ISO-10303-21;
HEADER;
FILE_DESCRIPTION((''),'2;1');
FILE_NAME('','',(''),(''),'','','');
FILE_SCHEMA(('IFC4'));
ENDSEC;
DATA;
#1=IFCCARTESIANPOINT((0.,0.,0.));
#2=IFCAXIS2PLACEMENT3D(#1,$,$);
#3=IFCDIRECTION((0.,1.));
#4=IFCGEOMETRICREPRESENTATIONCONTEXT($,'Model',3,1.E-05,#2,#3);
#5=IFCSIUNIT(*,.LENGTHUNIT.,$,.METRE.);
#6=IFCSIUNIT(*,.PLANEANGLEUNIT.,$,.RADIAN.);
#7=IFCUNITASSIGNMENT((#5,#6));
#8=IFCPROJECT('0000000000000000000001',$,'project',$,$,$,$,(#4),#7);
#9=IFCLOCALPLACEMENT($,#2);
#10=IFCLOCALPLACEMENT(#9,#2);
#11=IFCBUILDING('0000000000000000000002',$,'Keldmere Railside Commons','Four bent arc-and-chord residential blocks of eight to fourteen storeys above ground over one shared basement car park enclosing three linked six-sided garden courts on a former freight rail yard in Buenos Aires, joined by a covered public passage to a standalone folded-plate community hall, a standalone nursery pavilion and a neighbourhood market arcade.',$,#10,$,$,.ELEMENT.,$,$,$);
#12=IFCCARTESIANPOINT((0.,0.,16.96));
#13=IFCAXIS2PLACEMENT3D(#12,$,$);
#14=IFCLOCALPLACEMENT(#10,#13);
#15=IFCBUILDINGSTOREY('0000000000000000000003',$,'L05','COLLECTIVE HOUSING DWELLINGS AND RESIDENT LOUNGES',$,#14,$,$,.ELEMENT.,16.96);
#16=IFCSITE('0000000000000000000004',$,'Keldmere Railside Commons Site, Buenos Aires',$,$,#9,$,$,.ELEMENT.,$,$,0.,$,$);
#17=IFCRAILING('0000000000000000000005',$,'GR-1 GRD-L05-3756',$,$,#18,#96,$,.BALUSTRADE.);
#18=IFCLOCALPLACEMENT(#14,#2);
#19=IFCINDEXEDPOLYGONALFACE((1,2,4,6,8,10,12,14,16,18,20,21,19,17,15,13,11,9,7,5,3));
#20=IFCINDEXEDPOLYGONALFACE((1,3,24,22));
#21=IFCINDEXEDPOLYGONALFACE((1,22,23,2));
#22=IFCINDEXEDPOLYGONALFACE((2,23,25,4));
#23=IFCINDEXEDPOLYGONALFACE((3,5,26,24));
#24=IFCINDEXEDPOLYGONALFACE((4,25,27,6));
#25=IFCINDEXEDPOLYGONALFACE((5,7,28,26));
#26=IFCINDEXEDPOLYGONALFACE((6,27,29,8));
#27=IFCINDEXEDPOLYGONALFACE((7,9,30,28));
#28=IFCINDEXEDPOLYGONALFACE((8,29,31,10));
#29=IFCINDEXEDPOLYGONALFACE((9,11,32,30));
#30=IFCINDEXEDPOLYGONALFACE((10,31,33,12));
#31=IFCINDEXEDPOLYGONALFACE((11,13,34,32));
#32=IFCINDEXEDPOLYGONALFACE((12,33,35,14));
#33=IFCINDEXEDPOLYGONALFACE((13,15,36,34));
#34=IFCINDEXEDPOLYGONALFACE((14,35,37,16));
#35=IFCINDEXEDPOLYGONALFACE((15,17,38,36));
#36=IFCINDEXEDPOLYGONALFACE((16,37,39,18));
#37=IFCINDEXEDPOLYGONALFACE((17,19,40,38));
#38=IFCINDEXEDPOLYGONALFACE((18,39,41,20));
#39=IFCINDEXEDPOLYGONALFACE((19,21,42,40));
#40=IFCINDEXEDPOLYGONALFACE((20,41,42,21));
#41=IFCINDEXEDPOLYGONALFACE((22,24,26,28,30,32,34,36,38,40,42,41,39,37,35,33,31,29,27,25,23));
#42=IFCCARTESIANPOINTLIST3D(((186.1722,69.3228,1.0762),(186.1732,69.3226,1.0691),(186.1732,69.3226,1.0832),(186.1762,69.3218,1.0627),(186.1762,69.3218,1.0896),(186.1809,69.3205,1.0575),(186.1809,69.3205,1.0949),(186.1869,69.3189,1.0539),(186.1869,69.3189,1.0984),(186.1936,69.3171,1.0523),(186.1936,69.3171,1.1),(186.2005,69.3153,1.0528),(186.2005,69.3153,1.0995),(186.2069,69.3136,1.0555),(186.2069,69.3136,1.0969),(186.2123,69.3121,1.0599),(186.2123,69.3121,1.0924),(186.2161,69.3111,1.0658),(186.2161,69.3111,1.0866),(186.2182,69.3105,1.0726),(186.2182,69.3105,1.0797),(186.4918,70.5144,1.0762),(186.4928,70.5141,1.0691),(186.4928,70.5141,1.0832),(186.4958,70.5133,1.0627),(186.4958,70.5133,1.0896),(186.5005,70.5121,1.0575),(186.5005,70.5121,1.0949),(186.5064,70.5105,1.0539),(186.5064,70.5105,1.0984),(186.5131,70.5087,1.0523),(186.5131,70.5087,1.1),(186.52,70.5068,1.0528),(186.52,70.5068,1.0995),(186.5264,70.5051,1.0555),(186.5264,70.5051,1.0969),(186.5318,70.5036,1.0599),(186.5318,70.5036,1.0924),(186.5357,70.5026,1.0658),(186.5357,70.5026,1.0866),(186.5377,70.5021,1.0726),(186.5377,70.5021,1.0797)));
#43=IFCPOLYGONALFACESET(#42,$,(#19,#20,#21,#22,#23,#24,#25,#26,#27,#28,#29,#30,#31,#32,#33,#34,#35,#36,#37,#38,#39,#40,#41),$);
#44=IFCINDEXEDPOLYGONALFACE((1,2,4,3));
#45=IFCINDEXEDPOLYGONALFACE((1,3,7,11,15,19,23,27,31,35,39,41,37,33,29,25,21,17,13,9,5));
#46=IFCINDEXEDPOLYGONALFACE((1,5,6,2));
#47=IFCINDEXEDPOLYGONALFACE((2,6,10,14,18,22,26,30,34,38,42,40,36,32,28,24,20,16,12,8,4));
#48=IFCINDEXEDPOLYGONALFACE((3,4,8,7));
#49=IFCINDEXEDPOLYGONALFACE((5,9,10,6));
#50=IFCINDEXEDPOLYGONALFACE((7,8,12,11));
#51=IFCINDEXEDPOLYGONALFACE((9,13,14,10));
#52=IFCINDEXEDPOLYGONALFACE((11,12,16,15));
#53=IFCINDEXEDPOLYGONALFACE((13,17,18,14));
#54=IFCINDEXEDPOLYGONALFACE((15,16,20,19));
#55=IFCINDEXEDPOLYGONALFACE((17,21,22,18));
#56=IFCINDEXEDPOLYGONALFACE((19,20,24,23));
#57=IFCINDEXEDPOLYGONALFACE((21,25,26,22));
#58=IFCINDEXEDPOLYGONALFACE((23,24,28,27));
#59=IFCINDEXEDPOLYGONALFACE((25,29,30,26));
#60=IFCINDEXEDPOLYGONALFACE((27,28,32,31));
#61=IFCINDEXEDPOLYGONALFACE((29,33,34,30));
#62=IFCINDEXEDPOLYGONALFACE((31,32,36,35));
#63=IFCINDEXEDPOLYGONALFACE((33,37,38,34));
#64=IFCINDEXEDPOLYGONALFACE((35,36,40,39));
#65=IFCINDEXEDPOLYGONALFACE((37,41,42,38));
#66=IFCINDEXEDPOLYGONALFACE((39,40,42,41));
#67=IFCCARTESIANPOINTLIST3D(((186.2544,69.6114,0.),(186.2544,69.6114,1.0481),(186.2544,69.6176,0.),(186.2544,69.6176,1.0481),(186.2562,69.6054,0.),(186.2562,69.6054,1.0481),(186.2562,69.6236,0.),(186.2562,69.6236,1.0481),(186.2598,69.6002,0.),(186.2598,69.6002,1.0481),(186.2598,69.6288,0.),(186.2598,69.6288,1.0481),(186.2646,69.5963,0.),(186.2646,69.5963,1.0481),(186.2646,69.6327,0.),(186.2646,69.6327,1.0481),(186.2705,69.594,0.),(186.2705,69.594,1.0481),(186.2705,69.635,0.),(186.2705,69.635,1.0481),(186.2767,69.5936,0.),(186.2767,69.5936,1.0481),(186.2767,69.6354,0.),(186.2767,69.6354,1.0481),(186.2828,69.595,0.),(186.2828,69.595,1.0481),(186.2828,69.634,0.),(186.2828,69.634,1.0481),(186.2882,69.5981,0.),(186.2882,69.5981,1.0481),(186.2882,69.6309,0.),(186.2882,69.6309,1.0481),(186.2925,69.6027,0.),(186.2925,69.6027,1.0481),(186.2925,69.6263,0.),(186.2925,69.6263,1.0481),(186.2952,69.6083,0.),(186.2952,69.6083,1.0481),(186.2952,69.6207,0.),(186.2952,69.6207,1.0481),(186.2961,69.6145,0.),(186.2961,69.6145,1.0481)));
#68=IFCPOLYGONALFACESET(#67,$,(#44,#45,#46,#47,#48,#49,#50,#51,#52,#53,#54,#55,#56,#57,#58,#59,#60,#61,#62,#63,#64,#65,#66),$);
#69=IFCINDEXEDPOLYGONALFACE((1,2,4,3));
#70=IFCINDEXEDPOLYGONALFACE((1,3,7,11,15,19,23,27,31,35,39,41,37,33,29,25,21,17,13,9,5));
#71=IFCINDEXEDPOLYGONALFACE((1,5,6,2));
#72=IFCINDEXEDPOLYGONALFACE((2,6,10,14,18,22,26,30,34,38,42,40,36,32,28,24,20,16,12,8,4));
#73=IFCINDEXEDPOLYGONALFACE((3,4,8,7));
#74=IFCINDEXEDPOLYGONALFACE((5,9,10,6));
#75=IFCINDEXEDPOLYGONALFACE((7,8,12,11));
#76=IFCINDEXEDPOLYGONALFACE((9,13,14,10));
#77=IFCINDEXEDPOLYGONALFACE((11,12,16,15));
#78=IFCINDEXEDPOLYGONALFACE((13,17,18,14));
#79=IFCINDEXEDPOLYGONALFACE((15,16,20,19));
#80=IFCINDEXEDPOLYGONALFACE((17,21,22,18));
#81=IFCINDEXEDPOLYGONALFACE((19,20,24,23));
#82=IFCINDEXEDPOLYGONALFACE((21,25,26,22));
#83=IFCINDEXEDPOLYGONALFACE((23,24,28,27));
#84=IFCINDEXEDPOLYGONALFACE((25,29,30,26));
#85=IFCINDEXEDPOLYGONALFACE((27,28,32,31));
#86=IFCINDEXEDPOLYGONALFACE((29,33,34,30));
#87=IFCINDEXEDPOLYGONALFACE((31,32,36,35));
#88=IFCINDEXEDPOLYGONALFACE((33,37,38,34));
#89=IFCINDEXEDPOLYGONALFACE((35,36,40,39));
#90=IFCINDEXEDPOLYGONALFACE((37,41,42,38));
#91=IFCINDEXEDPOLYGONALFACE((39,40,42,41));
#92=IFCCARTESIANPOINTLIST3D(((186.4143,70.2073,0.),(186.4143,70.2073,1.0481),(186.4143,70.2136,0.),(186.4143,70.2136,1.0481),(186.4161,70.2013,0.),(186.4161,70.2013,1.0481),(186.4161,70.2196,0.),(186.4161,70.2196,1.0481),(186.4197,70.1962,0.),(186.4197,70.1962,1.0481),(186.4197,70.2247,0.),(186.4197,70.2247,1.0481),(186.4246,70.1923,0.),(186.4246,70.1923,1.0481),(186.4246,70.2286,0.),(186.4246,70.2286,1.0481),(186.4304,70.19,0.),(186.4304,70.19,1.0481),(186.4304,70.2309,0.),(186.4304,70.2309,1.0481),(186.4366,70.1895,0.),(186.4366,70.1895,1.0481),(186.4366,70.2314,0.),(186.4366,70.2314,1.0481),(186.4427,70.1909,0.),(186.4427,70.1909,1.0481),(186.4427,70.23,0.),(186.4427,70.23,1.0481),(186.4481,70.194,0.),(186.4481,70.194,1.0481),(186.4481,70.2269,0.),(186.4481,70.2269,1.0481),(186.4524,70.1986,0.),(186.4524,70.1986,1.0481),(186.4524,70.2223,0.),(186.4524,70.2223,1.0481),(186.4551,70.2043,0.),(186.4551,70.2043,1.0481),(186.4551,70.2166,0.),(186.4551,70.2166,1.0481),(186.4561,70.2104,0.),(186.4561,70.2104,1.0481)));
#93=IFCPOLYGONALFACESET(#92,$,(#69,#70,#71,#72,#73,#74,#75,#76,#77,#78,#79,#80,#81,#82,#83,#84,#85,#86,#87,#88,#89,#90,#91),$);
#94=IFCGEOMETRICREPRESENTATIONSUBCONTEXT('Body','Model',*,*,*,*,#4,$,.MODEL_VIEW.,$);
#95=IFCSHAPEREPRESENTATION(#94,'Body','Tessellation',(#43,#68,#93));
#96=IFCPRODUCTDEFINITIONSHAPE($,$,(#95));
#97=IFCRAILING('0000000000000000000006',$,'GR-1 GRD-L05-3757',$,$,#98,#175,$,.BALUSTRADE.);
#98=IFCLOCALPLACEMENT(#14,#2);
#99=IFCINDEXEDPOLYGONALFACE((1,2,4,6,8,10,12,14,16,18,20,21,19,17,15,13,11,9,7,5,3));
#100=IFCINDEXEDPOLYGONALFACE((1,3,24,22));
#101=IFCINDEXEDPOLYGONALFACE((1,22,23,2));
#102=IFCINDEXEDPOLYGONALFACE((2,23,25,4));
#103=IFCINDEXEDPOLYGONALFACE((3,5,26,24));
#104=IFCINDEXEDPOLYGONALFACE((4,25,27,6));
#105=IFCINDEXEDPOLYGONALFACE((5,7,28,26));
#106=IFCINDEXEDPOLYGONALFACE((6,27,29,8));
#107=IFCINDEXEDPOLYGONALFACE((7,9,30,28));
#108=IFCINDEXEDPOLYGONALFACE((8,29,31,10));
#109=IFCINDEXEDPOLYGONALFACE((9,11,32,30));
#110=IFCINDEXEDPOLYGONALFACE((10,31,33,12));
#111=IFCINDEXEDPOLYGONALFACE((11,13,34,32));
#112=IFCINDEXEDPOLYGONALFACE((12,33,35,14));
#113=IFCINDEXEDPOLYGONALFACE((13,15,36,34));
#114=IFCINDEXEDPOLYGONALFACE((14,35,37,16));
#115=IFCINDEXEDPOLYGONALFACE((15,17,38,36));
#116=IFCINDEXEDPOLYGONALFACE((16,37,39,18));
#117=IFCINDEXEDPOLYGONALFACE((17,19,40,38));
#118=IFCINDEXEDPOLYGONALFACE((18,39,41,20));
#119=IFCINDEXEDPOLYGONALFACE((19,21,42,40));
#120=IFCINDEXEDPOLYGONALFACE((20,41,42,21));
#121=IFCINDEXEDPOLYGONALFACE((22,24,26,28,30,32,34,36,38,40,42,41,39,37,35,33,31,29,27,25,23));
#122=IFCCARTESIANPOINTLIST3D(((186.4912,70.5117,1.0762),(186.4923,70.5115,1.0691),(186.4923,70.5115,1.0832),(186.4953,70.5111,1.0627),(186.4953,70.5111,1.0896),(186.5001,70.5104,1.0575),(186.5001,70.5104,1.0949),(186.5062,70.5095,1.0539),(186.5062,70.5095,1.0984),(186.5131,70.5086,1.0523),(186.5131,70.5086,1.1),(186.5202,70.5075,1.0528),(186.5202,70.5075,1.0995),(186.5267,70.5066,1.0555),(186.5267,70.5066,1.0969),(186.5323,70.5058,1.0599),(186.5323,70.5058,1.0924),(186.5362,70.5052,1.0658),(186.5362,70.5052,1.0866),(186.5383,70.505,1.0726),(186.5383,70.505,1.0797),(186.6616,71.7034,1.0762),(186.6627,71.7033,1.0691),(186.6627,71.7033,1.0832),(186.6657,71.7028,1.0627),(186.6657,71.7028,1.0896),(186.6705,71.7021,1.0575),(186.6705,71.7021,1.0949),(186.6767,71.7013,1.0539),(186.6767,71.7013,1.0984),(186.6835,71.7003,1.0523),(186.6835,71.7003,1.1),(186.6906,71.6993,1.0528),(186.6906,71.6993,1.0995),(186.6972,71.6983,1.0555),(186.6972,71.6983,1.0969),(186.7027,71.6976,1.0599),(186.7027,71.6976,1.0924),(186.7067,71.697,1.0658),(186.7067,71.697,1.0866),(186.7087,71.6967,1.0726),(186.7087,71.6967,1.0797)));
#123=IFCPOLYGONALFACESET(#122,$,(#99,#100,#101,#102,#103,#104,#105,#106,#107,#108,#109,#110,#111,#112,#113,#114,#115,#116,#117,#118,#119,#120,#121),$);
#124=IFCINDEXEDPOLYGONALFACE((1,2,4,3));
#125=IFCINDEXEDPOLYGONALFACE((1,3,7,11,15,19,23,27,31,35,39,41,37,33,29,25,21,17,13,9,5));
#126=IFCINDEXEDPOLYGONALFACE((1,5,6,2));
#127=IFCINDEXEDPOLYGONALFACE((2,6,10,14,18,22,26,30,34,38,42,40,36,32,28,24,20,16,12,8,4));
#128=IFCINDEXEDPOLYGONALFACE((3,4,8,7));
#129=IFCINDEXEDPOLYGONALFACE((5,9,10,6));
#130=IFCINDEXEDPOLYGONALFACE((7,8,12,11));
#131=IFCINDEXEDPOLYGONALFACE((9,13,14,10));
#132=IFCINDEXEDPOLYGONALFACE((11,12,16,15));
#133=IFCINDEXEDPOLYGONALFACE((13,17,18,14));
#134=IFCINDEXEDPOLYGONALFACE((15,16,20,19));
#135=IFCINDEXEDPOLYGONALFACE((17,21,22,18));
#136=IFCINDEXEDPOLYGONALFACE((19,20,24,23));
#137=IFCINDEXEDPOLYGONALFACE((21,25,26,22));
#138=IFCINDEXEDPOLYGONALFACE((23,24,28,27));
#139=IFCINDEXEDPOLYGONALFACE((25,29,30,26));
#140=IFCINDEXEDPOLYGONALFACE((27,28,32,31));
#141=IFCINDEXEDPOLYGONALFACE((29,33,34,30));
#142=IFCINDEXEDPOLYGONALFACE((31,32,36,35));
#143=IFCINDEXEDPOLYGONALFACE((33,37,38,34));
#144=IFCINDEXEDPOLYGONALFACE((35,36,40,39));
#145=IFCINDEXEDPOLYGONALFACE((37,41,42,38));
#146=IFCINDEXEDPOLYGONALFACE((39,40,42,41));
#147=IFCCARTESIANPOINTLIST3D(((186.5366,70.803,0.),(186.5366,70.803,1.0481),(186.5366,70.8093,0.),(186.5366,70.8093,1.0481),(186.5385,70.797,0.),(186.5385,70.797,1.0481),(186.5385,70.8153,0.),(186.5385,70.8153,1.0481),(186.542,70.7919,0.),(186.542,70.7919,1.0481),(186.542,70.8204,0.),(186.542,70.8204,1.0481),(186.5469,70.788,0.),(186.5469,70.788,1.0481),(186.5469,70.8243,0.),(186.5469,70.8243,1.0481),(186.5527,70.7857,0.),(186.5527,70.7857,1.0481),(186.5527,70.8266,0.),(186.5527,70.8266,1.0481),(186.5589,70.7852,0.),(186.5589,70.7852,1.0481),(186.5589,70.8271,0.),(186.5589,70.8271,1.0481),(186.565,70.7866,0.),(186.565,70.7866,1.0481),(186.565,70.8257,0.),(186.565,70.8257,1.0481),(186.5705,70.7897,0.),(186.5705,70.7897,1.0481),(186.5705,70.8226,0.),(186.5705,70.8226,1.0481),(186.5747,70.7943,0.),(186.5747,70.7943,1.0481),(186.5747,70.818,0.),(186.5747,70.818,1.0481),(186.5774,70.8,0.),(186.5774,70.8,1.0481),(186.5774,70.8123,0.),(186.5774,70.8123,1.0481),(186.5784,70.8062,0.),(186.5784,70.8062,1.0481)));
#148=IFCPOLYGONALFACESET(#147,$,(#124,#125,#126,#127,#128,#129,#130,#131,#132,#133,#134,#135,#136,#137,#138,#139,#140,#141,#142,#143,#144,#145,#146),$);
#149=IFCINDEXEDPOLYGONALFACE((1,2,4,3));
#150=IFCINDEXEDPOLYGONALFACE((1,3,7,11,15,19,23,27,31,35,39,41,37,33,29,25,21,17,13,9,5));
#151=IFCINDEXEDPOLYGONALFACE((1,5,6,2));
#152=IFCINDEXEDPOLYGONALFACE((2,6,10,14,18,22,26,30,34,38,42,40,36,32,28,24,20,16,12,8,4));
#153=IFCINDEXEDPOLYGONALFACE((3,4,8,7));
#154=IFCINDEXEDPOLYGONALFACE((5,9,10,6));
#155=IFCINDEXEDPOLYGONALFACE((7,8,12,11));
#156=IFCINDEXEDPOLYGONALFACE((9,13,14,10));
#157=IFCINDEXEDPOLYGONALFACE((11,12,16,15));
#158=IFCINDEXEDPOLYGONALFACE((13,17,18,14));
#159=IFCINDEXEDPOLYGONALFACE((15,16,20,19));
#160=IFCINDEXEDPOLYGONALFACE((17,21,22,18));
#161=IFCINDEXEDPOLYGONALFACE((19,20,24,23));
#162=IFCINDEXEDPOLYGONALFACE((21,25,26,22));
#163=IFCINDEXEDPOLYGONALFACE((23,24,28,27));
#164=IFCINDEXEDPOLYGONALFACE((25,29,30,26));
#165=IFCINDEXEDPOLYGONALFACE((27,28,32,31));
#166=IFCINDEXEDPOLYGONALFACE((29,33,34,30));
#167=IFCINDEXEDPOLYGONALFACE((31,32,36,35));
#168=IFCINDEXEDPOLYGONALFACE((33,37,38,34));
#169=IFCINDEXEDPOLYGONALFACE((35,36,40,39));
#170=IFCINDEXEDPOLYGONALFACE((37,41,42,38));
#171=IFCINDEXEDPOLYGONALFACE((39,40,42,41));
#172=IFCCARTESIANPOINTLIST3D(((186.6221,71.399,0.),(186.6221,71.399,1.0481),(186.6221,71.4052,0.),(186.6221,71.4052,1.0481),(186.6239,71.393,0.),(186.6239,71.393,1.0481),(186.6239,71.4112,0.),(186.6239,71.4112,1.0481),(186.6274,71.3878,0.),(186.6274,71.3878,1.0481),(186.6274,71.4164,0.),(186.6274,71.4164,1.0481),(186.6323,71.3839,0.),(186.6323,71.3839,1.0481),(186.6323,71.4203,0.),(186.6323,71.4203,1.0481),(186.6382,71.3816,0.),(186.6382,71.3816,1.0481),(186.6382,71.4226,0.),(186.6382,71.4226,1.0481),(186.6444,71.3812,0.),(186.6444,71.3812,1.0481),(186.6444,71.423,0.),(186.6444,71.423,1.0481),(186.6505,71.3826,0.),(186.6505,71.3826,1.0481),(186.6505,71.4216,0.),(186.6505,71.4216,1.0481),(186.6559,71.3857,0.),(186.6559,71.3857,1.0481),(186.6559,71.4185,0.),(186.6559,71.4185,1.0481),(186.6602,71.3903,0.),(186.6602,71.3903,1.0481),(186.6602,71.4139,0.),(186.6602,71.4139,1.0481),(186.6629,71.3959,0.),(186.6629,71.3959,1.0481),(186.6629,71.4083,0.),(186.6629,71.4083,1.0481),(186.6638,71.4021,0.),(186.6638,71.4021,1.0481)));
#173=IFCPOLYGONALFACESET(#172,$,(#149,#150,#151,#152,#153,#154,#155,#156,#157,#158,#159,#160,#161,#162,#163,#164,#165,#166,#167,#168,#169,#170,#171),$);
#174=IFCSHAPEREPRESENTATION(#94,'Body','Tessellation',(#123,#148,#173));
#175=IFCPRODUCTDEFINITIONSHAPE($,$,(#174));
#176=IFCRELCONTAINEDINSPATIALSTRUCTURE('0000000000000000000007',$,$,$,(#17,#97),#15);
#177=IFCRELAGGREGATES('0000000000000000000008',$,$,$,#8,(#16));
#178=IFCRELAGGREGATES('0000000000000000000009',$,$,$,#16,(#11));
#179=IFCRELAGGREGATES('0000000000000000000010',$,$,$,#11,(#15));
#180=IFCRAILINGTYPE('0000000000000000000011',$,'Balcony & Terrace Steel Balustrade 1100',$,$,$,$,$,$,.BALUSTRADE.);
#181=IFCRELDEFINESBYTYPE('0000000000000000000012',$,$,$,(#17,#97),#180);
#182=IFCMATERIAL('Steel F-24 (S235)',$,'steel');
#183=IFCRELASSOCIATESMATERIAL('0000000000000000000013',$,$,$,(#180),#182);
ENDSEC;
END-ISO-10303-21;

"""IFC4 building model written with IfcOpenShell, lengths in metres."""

from ifc_helpers import new_model, si_unit, direction, frame, origin, origin_2d, place, context, subcontext, project, spatial, circle, extrude, material, type_object, element, save


model = new_model("IFC4")

# Units and contexts
model_context = context("Model", 3, precision=1e-05, world=origin(), true_north=direction((0.0, 1.0)))
body_context = subcontext(model_context, "Body", "Model", "MODEL_VIEW")
ifc_project = project(units=[si_unit("LENGTHUNIT", "METRE"), si_unit("PLANEANGLEUNIT", "RADIAN")], contexts=[model_context])

# Site, building, storey
site_placement = place(None, origin())
site = spatial("IfcSite", under=ifc_project, at=site_placement, Name="Keldmere Railside Commons Site, Buenos Aires", CompositionType="ELEMENT", RefElevation=0.0)
building_placement = place(site_placement, origin())
building = spatial("IfcBuilding", under=site, at=building_placement, Name="Keldmere Railside Commons", Description="Four bent arc-and-chord residential blocks of eight to fourteen storeys above ground over one shared basement car park enclosing three linked six-sided garden courts on a former freight rail yard in Buenos Aires, joined by a covered public passage to a standalone folded-plate community hall, a standalone nursery pavilion and a neighbourhood market arcade.", CompositionType="ELEMENT")
storey_placement = place(building_placement, frame((0.0, 0.0, 16.96)))
storey = spatial("IfcBuildingStorey", under=building, at=storey_placement, Name="L05", Description="COLLECTIVE HOUSING DWELLINGS AND RESIDENT LOUNGES", CompositionType="ELEMENT", Elevation=16.96)

# Shared definitions
ifc_material_1 = material(Name="Steel F-24 (S235)", Category="steel")

# Railings
railing_type_1 = type_object("IfcRailingType", Name="Balcony & Terrace Steel Balustrade 1100", PredefinedType="BALUSTRADE", material=ifc_material_1)
railing_1_placement = place(storey_placement, frame((186.1953, 69.3167, 0.0)))
element("IfcRailing", 1, at=railing_1_placement, inside=storey, type_object=railing_type_1, Name="GR-1 GRD-L05-3756", PredefinedType="BALUSTRADE", context=body_context, shape_type="SweptSolid", body=[
    extrude(circle(Radius=0.0239, at=origin_2d()), frame((0.0, 0.0, 1.0762), z_axis=(0.25903, 0.965869, 0.0), x_axis=(-0.965869, 0.25903, 0.0)), (0.0, 0.0, 1.0), 1.2336),
    extrude(circle(Radius=0.021, at=origin_2d()), frame((0.0798, 0.2979, 0.0)), (0.0, 0.0, 1.0), 1.0481),
    extrude(circle(Radius=0.021, at=origin_2d()), frame((0.2397, 0.8938, 0.0)), (0.0, 0.0, 1.0), 1.0481),
])
railing_2_placement = place(storey_placement, frame((186.5149, 70.5083, 0.0)))
element("IfcRailing", 2, at=railing_2_placement, inside=storey, type_object=railing_type_1, Name="GR-1 GRD-L05-3757", PredefinedType="BALUSTRADE", context=body_context, shape_type="SweptSolid", body=[
    extrude(circle(Radius=0.0239, at=origin_2d()), frame((0.0, 0.0, 1.0762), z_axis=(0.141563, 0.989929, 0.0), x_axis=(-0.989929, 0.141563, 0.0)), (0.0, 0.0, 1.0), 1.2039),
    extrude(circle(Radius=0.021, at=origin_2d()), frame((0.0425, 0.2979, 0.0)), (0.0, 0.0, 1.0), 1.0481),
    extrude(circle(Radius=0.021, at=origin_2d()), frame((0.1279, 0.8938, 0.0)), (0.0, 0.0, 1.0), 1.0481),
])

save(model, "model.ifc")
